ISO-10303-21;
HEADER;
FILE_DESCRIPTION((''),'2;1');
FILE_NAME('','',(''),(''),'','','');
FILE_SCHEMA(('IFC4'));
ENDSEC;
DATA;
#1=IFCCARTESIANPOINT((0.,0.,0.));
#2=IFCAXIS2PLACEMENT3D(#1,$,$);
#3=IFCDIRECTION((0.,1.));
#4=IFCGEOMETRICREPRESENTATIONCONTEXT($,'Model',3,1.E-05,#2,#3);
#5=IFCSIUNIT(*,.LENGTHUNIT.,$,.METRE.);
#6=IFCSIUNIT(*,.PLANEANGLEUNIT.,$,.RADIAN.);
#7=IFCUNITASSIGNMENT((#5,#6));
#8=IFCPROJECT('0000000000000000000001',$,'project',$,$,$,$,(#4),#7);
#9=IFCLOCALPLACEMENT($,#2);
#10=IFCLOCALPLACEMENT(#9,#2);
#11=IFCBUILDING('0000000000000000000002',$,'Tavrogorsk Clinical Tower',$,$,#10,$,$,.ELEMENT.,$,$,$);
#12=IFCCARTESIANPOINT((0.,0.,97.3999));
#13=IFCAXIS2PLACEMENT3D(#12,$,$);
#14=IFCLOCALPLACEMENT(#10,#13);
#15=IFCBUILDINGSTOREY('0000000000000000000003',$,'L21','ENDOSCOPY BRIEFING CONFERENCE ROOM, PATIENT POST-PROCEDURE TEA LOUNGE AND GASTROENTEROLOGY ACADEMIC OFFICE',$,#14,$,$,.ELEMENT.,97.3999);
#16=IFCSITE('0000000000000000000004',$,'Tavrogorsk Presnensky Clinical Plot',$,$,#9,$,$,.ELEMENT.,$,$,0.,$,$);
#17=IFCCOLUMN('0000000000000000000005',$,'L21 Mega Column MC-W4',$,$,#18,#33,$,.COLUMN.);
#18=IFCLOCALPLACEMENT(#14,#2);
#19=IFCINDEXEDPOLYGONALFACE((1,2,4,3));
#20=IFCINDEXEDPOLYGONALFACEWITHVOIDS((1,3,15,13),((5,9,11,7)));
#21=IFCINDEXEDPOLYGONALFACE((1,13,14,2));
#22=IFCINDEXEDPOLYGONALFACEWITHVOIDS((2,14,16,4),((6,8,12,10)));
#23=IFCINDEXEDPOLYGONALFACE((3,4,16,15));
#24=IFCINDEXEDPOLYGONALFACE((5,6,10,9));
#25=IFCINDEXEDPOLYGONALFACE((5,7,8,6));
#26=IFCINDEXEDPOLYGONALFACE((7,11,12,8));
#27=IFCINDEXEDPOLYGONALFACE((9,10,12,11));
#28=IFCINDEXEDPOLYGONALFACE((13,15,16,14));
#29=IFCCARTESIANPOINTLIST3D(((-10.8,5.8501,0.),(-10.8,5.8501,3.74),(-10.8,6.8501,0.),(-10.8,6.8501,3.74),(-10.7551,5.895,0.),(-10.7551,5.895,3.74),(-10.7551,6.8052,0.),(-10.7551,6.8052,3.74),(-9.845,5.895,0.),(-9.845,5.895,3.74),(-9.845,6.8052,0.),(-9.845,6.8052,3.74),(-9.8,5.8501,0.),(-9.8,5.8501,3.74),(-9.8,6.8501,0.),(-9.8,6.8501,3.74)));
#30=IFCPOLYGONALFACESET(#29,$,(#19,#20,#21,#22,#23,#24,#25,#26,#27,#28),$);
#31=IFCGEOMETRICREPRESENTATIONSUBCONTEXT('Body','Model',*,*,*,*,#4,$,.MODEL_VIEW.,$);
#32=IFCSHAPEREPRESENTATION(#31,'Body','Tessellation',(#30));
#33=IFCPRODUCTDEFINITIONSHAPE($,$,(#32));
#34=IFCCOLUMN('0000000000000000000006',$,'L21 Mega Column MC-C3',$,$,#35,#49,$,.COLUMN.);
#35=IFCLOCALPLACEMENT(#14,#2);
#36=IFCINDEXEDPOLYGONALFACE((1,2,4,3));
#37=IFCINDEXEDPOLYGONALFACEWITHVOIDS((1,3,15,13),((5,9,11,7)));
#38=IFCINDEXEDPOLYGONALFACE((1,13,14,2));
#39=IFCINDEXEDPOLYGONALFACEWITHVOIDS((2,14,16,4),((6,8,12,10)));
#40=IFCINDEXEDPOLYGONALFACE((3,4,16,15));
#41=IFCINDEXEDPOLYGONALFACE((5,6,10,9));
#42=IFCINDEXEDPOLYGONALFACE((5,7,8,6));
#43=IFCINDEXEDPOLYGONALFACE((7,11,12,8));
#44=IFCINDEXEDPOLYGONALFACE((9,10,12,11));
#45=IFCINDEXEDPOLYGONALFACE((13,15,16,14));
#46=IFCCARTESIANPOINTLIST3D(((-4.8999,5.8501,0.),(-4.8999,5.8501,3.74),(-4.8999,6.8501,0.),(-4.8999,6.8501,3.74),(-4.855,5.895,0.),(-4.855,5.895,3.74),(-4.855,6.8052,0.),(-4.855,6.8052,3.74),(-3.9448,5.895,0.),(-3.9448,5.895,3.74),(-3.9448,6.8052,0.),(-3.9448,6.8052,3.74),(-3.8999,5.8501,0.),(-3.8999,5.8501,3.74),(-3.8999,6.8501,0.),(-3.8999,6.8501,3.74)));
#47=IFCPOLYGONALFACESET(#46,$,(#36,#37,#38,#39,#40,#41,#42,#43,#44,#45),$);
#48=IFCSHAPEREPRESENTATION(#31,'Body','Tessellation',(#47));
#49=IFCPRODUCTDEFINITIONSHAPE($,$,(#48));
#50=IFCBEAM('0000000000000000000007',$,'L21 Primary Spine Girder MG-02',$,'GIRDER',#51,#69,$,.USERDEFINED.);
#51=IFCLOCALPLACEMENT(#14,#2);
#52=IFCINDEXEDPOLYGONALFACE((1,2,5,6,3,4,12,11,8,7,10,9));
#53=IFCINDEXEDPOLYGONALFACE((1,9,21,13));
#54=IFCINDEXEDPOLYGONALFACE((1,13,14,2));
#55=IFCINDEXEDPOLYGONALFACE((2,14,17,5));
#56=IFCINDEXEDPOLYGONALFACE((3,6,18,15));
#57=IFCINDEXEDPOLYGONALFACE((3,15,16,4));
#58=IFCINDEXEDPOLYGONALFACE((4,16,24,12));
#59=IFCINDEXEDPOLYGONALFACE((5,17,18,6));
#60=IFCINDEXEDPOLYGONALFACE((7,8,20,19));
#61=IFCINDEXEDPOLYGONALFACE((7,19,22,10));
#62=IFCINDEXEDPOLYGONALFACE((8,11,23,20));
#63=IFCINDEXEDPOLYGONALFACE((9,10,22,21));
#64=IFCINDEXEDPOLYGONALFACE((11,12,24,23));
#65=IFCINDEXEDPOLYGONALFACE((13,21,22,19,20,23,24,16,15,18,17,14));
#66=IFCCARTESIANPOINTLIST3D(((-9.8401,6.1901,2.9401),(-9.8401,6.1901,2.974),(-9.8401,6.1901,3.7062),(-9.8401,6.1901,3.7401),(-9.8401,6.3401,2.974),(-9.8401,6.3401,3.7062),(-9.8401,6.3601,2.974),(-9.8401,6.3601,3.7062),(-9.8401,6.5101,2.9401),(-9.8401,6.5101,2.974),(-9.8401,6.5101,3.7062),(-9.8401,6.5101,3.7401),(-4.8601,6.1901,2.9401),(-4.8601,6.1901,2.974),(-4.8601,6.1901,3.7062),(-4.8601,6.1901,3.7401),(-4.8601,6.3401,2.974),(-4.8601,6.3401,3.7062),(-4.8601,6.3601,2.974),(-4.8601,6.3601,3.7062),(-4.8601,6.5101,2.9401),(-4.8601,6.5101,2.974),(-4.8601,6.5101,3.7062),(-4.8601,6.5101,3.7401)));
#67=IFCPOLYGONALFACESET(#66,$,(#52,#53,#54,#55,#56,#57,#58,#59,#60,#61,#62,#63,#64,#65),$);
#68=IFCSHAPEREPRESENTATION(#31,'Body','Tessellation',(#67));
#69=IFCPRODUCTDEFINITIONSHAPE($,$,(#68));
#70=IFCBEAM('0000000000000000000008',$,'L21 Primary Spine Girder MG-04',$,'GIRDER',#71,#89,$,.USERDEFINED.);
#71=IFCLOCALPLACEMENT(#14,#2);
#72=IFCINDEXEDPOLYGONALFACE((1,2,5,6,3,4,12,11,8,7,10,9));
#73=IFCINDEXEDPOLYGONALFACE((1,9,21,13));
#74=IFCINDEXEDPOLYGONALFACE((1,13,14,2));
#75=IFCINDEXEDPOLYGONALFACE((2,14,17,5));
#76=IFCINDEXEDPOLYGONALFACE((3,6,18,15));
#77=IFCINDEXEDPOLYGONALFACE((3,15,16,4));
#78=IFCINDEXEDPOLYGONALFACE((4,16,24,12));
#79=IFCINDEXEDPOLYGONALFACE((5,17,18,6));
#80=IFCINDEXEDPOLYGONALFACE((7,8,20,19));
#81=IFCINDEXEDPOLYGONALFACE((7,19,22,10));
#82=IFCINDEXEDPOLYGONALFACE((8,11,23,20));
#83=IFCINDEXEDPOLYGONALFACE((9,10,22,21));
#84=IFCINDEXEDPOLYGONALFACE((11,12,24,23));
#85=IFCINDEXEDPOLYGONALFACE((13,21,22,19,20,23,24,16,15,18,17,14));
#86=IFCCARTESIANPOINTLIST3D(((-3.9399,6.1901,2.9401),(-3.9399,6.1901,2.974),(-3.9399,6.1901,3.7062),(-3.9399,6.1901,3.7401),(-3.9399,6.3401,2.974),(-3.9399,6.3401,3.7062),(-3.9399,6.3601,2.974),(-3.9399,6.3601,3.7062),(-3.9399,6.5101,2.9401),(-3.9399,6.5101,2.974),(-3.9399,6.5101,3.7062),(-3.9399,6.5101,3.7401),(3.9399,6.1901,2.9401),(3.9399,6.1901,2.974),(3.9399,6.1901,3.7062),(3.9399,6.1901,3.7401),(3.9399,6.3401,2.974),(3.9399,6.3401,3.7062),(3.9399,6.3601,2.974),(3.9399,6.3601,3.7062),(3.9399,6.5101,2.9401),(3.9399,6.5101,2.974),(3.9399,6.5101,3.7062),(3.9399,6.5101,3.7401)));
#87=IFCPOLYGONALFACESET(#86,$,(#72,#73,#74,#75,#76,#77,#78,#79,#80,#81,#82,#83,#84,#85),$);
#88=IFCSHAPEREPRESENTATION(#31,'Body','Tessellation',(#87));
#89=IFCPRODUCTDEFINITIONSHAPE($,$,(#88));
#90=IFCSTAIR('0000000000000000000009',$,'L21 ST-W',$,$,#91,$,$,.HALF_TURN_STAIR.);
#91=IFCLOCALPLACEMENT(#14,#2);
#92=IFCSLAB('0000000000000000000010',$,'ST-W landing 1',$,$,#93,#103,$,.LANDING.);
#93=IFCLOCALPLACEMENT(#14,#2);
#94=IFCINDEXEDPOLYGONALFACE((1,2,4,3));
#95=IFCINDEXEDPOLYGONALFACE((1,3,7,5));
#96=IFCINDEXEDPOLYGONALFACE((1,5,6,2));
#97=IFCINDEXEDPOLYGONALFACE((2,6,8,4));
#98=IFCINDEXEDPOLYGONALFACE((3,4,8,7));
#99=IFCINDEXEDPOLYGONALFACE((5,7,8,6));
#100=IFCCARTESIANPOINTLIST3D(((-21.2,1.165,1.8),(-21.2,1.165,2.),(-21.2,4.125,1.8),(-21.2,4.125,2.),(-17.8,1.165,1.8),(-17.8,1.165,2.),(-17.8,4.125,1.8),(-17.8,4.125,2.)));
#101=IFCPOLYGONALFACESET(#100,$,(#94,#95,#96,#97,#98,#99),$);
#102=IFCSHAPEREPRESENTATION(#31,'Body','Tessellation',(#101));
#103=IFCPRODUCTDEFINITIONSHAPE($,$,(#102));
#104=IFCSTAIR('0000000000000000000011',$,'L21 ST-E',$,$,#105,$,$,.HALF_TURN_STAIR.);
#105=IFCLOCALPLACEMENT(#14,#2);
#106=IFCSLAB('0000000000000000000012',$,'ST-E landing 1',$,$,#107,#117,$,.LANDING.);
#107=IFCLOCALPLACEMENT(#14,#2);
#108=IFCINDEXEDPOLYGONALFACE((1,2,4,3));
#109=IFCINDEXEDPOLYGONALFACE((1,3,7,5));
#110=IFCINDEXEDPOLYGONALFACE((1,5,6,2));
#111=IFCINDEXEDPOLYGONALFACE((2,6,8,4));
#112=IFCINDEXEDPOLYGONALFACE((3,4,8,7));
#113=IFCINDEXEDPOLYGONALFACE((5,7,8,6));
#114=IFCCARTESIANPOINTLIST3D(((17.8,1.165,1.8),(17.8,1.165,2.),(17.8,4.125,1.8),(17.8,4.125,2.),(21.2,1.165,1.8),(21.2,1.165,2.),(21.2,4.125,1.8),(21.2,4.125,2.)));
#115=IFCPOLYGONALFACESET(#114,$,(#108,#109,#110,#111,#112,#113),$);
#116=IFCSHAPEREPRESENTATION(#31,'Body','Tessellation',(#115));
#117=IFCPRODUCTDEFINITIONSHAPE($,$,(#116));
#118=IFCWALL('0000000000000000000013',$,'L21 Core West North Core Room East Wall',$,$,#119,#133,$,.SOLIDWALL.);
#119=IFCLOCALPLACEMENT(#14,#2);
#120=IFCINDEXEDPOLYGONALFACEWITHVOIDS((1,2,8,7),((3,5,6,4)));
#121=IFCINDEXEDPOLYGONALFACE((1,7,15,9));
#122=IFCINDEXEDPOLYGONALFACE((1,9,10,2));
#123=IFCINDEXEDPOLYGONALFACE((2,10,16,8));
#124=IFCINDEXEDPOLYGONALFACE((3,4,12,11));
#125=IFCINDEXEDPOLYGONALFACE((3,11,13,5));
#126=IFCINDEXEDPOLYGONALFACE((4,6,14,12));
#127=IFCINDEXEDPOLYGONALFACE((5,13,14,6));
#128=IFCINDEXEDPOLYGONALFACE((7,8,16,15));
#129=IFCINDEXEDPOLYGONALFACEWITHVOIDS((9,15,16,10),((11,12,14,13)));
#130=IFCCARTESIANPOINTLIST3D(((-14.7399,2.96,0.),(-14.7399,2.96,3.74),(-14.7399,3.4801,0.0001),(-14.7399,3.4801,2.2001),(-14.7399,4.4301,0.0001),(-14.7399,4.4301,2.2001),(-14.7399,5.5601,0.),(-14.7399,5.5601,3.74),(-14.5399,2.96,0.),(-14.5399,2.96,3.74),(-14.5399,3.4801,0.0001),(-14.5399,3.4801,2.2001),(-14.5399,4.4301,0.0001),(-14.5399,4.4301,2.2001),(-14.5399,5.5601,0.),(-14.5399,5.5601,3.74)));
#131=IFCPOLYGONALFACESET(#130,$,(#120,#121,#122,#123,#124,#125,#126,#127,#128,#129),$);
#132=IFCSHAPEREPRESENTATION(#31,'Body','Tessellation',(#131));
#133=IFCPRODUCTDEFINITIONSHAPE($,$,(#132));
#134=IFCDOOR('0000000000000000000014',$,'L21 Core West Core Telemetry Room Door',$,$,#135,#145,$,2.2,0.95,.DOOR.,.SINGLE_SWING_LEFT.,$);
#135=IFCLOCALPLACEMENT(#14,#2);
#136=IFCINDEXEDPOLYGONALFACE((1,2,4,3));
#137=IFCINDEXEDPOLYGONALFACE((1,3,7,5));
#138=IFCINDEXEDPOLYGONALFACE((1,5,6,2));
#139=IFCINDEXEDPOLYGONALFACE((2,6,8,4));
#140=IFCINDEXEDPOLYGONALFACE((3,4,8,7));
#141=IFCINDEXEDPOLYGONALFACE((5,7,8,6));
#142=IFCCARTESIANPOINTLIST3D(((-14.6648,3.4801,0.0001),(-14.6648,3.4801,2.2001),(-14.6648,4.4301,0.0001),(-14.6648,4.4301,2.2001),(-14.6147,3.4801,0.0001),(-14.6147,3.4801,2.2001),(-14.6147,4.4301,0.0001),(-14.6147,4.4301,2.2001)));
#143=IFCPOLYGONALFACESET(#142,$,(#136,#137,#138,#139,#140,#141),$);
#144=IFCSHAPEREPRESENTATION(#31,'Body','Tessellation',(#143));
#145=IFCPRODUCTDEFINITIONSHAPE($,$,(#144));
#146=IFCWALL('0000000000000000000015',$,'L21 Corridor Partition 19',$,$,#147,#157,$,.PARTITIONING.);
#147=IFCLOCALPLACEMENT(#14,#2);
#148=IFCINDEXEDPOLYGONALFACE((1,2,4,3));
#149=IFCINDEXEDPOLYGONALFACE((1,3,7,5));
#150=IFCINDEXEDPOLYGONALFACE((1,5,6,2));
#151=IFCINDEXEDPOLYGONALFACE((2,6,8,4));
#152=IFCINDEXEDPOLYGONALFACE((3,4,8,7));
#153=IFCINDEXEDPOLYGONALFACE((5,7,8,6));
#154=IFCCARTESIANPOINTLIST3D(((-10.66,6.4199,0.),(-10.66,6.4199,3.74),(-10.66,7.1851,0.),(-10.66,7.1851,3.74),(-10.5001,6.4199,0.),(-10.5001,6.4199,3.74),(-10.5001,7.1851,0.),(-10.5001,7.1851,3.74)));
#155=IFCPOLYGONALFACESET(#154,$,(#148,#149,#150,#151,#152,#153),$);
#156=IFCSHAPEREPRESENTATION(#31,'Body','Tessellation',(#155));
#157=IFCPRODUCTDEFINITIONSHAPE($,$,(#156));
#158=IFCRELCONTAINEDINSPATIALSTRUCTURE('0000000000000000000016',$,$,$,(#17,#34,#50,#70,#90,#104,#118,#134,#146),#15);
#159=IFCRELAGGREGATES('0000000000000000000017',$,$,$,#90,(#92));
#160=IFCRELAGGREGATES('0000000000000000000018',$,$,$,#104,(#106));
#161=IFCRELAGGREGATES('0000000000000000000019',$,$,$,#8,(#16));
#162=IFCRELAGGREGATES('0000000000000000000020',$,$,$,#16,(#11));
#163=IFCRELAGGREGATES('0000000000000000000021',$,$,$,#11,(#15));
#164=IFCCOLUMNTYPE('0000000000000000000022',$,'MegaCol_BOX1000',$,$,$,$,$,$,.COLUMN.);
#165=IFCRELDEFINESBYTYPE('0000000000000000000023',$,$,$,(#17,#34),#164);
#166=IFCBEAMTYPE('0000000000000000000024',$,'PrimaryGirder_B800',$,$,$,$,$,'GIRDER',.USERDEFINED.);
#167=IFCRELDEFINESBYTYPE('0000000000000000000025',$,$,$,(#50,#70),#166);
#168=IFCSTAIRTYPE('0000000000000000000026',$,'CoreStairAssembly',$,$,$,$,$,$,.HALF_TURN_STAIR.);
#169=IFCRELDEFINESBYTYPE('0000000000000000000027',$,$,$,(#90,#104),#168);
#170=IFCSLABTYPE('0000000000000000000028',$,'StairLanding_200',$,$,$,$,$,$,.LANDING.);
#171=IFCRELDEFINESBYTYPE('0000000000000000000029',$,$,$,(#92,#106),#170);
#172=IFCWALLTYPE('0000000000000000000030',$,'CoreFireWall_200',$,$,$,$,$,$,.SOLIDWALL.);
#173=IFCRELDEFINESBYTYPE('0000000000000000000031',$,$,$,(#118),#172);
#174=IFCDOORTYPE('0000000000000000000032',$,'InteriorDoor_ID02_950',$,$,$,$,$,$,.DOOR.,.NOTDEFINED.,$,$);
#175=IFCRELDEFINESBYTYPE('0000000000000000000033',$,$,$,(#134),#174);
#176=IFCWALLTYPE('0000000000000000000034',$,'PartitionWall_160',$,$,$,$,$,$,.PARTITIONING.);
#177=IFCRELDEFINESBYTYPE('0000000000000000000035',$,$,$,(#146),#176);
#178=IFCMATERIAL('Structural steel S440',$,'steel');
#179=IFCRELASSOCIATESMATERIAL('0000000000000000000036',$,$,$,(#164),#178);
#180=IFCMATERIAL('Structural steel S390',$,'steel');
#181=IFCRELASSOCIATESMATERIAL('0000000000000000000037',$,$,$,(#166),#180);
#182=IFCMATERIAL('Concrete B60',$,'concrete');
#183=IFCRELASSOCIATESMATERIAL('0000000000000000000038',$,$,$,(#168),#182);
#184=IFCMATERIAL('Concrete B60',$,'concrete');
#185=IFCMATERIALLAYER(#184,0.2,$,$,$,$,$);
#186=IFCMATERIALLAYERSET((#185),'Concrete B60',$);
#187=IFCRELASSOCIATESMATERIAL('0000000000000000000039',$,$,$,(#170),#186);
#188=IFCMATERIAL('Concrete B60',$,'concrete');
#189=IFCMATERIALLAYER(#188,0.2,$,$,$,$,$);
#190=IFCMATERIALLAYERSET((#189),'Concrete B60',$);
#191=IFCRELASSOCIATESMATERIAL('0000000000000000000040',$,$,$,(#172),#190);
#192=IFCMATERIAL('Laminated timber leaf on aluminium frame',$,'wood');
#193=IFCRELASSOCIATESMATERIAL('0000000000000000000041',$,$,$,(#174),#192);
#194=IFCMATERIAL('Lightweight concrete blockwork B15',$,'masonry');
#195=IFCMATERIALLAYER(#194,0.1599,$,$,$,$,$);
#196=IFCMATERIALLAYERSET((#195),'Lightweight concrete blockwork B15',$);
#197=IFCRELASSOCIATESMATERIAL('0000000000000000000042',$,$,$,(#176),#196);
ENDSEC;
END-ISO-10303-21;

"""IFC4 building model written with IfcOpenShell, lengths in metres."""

from ifc_helpers import new_model, si_unit, direction, frame, frame_2d, origin, origin_2d, place, context, subcontext, project, spatial, polyline, rectangle, hollow_rectangle, i_section, outline, extrude, material, layer, layer_set, material_profile, profile_set, type_object, element, fill, aggregate, save


model = new_model("IFC4")

# Units and contexts
model_context = context("Model", 3, precision=1e-05, world=origin(), true_north=direction((0.0, 1.0)))
body_context = subcontext(model_context, "Body", "Model", "MODEL_VIEW")
ifc_project = project(units=[si_unit("LENGTHUNIT", "METRE"), si_unit("PLANEANGLEUNIT", "RADIAN")], contexts=[model_context])

# Site, building, storey
site_placement = place(None, origin())
site = spatial("IfcSite", under=ifc_project, at=site_placement, Name="Tavrogorsk Presnensky Clinical Plot", CompositionType="ELEMENT", RefElevation=0.0)
building_placement = place(site_placement, origin())
building = spatial("IfcBuilding", under=site, at=building_placement, Name="Tavrogorsk Clinical Tower", CompositionType="ELEMENT")
storey_placement = place(building_placement, frame((0.0, 0.0, 97.3999)))
storey = spatial("IfcBuildingStorey", under=building, at=storey_placement, Name="L21", Description="ENDOSCOPY BRIEFING CONFERENCE ROOM, PATIENT POST-PROCEDURE TEA LOUNGE AND GASTROENTEROLOGY ACADEMIC OFFICE", CompositionType="ELEMENT", Elevation=97.3999)

# Columns
ifc_material_1 = material(Name="Structural steel S440", Category="steel")
ifc_material_profile_1 = material_profile(ifc_material_1, hollow_rectangle(XDim=1.0, YDim=1.0, WallThickness=0.0449, at=origin_2d()), Name="BOX-1000x1000x45")
ifc_profile_set_1 = profile_set([ifc_material_profile_1], Name="Structural steel S440")
column_type = type_object("IfcColumnType", Name="MegaCol_BOX1000", PredefinedType="COLUMN", material=ifc_profile_set_1)
for number, where, z_axis, x_axis, name in (
    (1, (-10.3, 6.3501, 0.0), (0.0, 0.0, 1.0), (1.0, 0.0, 0.0), "L21 Mega Column MC-W4"),
    (2, (-4.3999, 6.3501, 0.0), (0.0, 0.0, 1.0), (1.0, 0.0, 0.0), "L21 Mega Column MC-C3"),
):
    element("IfcColumn", number, at=place(storey_placement, frame(where, z_axis=z_axis, x_axis=x_axis)), inside=storey, type_object=column_type, Name=name, PredefinedType="COLUMN", context=body_context, shape_type="SweptSolid", body=[
        extrude(hollow_rectangle(XDim=1.0, YDim=1.0, WallThickness=0.0449, at=origin_2d()), origin(), (0.0, 0.0, 1.0), 3.74),
    ])

# Beams
ifc_material_2 = material(Name="Structural steel S390", Category="steel")
ifc_material_profile_2 = material_profile(ifc_material_2, i_section(OverallWidth=0.3201, OverallDepth=0.8, WebThickness=0.02, FlangeThickness=0.0339, at=origin_2d()), Name="B-800x320x20x34")
ifc_profile_set_2 = profile_set([ifc_material_profile_2], Name="Structural steel S390")
beam_type = type_object("IfcBeamType", Name="PrimaryGirder_B800", ElementType="GIRDER", PredefinedType="USERDEFINED", material=ifc_profile_set_2)
beam_1_placement = place(storey_placement, frame((-9.8401, 6.3501, 3.3401), z_axis=(1.0, 0.0, 0.0), x_axis=(0.0, 1.0, 0.0)))
element("IfcBeam", 3, at=beam_1_placement, inside=storey, type_object=beam_type, Name="L21 Primary Spine Girder MG-02", ObjectType="GIRDER", PredefinedType="USERDEFINED", context=body_context, shape_type="SweptSolid", body=[
    extrude(i_section(OverallWidth=0.3201, OverallDepth=0.8, WebThickness=0.02, FlangeThickness=0.0339, at=origin_2d()), origin(), (0.0, 0.0, 1.0), 4.98),
])
beam_2_placement = place(storey_placement, frame((-3.9399, 6.3501, 3.3401), z_axis=(1.0, 0.0, 0.0), x_axis=(0.0, 1.0, 0.0)))
element("IfcBeam", 4, at=beam_2_placement, inside=storey, type_object=beam_type, Name="L21 Primary Spine Girder MG-04", ObjectType="GIRDER", PredefinedType="USERDEFINED", context=body_context, shape_type="SweptSolid", body=[
    extrude(i_section(OverallWidth=0.3201, OverallDepth=0.8, WebThickness=0.02, FlangeThickness=0.0339, at=origin_2d()), origin(), (0.0, 0.0, 1.0), 7.8799),
])

# Stairs, slabs
ifc_material_3 = material(Name="Concrete B60", Category="concrete")
stair_type = type_object("IfcStairType", Name="CoreStairAssembly", PredefinedType="HALF_TURN_STAIR", material=ifc_material_3)
stair_1_placement = place(storey_placement, origin())
stair_1 = element("IfcStair", 5, at=stair_1_placement, inside=storey, type_object=stair_type, Name="L21 ST-W", PredefinedType="HALF_TURN_STAIR")
ifc_material_4 = material(Name="Concrete B60", Category="concrete")
ifc_layer_1 = layer(ifc_material_4, 0.2)
ifc_layer_set_1 = layer_set([ifc_layer_1], Name="Concrete B60")
slab_type = type_object("IfcSlabType", Name="StairLanding_200", PredefinedType="LANDING", material=ifc_layer_set_1)
slab_1_placement = place(storey_placement, frame((0.0, 0.0, 1.8)))
slab_1 = element("IfcSlab", 6, at=slab_1_placement, type_object=slab_type, Name="ST-W landing 1", PredefinedType="LANDING", context=body_context, shape_type="SweptSolid", body=[
    extrude(outline(polyline([(-17.8, 1.165), (-17.8, 4.125), (-21.2, 4.125), (-21.2, 1.165), (-17.8, 1.165)])), origin(), (0.0, 0.0, 1.0), 0.2),
])
aggregate(stair_1, [slab_1])
stair_2_placement = place(storey_placement, origin())
stair_2 = element("IfcStair", 7, at=stair_2_placement, inside=storey, type_object=stair_type, Name="L21 ST-E", PredefinedType="HALF_TURN_STAIR")
slab_2_placement = place(storey_placement, frame((0.0, 0.0, 1.8)))
slab_2 = element("IfcSlab", 8, at=slab_2_placement, type_object=slab_type, Name="ST-E landing 1", PredefinedType="LANDING", context=body_context, shape_type="SweptSolid", body=[
    extrude(outline(polyline([(21.2, 1.165), (21.2, 4.125), (17.8, 4.125), (17.8, 1.165), (21.2, 1.165)])), origin(), (0.0, 0.0, 1.0), 0.2),
])
aggregate(stair_2, [slab_2])

# Wall, opening, door
ifc_material_5 = material(Name="Concrete B60", Category="concrete")
ifc_layer_2 = layer(ifc_material_5, 0.2)
ifc_layer_set_2 = layer_set([ifc_layer_2], Name="Concrete B60")
wall_type_1 = type_object("IfcWallType", Name="CoreFireWall_200", PredefinedType="SOLIDWALL", material=ifc_layer_set_2)
wall_1_placement = place(storey_placement, frame((-14.6399, 2.96, 0.0), z_axis=(0.0, 0.0, 1.0), x_axis=(0.0, 1.0, 0.0)))
wall_1 = element("IfcWall", 9, at=wall_1_placement, inside=storey, type_object=wall_type_1, Name="L21 Core West North Core Room East Wall", PredefinedType="SOLIDWALL", context=body_context, shape_type="SweptSolid", body=[
    extrude(rectangle(XDim=2.6001, YDim=0.2, at=frame_2d((1.3, 0.0))), origin(), (0.0, 0.0, 1.0), 3.74),
])
opening_1_placement = place(wall_1_placement, frame((0.52, 0.0, 0.0)))
opening_1 = element("IfcOpeningElement", 10, at=opening_1_placement, cuts=wall_1, PredefinedType="OPENING", context=body_context, shape_type="SweptSolid", body=[
    extrude(rectangle(XDim=0.95, YDim=2.2, at=frame_2d((0.4751, 1.1001))), frame((0.0, 0.1099, 0.0), z_axis=(0.0, -1.0, 0.0), x_axis=(1.0, 0.0, 0.0)), (0.0, 0.0, 1.0), 0.22),
])
ifc_material_6 = material(Name="Laminated timber leaf on aluminium frame", Category="wood")
door_type_1 = type_object("IfcDoorType", Name="InteriorDoor_ID02_950", OperationType="NOTDEFINED", PredefinedType="DOOR", material=ifc_material_6)
door_1_placement = place(opening_1_placement, origin())
door_1 = element("IfcDoor", 11, at=door_1_placement, inside=storey, type_object=door_type_1, Name="L21 Core West Core Telemetry Room Door", OperationType="SINGLE_SWING_LEFT", OverallHeight=2.2, OverallWidth=0.95, PredefinedType="DOOR", context=body_context, shape_type="SweptSolid", body=[
    extrude(rectangle(XDim=0.95, YDim=2.2, at=frame_2d((0.4751, 1.1001))), frame((0.0, 0.0249, 0.0), z_axis=(0.0, -1.0, 0.0), x_axis=(1.0, 0.0, 0.0)), (0.0, 0.0, 1.0), 0.05),
])
fill(opening_1, door_1)

# Wall
ifc_material_7 = material(Name="Lightweight concrete blockwork B15", Category="masonry")
ifc_layer_3 = layer(ifc_material_7, 0.1599)
ifc_layer_set_3 = layer_set([ifc_layer_3], Name="Lightweight concrete blockwork B15")
wall_type_2 = type_object("IfcWallType", Name="PartitionWall_160", PredefinedType="PARTITIONING", material=ifc_layer_set_3)
wall_2_placement = place(storey_placement, frame((-10.5801, 6.4199, 0.0), z_axis=(0.0, 0.0, 1.0), x_axis=(0.0, 1.0, 0.0)))
element("IfcWall", 12, at=wall_2_placement, inside=storey, type_object=wall_type_2, Name="L21 Corridor Partition 19", PredefinedType="PARTITIONING", context=body_context, shape_type="SweptSolid", body=[
    extrude(rectangle(XDim=0.7651, YDim=0.1599, at=frame_2d((0.3826, 0.0))), origin(), (0.0, 0.0, 1.0), 3.74),
])

save(model, "model.ifc")
